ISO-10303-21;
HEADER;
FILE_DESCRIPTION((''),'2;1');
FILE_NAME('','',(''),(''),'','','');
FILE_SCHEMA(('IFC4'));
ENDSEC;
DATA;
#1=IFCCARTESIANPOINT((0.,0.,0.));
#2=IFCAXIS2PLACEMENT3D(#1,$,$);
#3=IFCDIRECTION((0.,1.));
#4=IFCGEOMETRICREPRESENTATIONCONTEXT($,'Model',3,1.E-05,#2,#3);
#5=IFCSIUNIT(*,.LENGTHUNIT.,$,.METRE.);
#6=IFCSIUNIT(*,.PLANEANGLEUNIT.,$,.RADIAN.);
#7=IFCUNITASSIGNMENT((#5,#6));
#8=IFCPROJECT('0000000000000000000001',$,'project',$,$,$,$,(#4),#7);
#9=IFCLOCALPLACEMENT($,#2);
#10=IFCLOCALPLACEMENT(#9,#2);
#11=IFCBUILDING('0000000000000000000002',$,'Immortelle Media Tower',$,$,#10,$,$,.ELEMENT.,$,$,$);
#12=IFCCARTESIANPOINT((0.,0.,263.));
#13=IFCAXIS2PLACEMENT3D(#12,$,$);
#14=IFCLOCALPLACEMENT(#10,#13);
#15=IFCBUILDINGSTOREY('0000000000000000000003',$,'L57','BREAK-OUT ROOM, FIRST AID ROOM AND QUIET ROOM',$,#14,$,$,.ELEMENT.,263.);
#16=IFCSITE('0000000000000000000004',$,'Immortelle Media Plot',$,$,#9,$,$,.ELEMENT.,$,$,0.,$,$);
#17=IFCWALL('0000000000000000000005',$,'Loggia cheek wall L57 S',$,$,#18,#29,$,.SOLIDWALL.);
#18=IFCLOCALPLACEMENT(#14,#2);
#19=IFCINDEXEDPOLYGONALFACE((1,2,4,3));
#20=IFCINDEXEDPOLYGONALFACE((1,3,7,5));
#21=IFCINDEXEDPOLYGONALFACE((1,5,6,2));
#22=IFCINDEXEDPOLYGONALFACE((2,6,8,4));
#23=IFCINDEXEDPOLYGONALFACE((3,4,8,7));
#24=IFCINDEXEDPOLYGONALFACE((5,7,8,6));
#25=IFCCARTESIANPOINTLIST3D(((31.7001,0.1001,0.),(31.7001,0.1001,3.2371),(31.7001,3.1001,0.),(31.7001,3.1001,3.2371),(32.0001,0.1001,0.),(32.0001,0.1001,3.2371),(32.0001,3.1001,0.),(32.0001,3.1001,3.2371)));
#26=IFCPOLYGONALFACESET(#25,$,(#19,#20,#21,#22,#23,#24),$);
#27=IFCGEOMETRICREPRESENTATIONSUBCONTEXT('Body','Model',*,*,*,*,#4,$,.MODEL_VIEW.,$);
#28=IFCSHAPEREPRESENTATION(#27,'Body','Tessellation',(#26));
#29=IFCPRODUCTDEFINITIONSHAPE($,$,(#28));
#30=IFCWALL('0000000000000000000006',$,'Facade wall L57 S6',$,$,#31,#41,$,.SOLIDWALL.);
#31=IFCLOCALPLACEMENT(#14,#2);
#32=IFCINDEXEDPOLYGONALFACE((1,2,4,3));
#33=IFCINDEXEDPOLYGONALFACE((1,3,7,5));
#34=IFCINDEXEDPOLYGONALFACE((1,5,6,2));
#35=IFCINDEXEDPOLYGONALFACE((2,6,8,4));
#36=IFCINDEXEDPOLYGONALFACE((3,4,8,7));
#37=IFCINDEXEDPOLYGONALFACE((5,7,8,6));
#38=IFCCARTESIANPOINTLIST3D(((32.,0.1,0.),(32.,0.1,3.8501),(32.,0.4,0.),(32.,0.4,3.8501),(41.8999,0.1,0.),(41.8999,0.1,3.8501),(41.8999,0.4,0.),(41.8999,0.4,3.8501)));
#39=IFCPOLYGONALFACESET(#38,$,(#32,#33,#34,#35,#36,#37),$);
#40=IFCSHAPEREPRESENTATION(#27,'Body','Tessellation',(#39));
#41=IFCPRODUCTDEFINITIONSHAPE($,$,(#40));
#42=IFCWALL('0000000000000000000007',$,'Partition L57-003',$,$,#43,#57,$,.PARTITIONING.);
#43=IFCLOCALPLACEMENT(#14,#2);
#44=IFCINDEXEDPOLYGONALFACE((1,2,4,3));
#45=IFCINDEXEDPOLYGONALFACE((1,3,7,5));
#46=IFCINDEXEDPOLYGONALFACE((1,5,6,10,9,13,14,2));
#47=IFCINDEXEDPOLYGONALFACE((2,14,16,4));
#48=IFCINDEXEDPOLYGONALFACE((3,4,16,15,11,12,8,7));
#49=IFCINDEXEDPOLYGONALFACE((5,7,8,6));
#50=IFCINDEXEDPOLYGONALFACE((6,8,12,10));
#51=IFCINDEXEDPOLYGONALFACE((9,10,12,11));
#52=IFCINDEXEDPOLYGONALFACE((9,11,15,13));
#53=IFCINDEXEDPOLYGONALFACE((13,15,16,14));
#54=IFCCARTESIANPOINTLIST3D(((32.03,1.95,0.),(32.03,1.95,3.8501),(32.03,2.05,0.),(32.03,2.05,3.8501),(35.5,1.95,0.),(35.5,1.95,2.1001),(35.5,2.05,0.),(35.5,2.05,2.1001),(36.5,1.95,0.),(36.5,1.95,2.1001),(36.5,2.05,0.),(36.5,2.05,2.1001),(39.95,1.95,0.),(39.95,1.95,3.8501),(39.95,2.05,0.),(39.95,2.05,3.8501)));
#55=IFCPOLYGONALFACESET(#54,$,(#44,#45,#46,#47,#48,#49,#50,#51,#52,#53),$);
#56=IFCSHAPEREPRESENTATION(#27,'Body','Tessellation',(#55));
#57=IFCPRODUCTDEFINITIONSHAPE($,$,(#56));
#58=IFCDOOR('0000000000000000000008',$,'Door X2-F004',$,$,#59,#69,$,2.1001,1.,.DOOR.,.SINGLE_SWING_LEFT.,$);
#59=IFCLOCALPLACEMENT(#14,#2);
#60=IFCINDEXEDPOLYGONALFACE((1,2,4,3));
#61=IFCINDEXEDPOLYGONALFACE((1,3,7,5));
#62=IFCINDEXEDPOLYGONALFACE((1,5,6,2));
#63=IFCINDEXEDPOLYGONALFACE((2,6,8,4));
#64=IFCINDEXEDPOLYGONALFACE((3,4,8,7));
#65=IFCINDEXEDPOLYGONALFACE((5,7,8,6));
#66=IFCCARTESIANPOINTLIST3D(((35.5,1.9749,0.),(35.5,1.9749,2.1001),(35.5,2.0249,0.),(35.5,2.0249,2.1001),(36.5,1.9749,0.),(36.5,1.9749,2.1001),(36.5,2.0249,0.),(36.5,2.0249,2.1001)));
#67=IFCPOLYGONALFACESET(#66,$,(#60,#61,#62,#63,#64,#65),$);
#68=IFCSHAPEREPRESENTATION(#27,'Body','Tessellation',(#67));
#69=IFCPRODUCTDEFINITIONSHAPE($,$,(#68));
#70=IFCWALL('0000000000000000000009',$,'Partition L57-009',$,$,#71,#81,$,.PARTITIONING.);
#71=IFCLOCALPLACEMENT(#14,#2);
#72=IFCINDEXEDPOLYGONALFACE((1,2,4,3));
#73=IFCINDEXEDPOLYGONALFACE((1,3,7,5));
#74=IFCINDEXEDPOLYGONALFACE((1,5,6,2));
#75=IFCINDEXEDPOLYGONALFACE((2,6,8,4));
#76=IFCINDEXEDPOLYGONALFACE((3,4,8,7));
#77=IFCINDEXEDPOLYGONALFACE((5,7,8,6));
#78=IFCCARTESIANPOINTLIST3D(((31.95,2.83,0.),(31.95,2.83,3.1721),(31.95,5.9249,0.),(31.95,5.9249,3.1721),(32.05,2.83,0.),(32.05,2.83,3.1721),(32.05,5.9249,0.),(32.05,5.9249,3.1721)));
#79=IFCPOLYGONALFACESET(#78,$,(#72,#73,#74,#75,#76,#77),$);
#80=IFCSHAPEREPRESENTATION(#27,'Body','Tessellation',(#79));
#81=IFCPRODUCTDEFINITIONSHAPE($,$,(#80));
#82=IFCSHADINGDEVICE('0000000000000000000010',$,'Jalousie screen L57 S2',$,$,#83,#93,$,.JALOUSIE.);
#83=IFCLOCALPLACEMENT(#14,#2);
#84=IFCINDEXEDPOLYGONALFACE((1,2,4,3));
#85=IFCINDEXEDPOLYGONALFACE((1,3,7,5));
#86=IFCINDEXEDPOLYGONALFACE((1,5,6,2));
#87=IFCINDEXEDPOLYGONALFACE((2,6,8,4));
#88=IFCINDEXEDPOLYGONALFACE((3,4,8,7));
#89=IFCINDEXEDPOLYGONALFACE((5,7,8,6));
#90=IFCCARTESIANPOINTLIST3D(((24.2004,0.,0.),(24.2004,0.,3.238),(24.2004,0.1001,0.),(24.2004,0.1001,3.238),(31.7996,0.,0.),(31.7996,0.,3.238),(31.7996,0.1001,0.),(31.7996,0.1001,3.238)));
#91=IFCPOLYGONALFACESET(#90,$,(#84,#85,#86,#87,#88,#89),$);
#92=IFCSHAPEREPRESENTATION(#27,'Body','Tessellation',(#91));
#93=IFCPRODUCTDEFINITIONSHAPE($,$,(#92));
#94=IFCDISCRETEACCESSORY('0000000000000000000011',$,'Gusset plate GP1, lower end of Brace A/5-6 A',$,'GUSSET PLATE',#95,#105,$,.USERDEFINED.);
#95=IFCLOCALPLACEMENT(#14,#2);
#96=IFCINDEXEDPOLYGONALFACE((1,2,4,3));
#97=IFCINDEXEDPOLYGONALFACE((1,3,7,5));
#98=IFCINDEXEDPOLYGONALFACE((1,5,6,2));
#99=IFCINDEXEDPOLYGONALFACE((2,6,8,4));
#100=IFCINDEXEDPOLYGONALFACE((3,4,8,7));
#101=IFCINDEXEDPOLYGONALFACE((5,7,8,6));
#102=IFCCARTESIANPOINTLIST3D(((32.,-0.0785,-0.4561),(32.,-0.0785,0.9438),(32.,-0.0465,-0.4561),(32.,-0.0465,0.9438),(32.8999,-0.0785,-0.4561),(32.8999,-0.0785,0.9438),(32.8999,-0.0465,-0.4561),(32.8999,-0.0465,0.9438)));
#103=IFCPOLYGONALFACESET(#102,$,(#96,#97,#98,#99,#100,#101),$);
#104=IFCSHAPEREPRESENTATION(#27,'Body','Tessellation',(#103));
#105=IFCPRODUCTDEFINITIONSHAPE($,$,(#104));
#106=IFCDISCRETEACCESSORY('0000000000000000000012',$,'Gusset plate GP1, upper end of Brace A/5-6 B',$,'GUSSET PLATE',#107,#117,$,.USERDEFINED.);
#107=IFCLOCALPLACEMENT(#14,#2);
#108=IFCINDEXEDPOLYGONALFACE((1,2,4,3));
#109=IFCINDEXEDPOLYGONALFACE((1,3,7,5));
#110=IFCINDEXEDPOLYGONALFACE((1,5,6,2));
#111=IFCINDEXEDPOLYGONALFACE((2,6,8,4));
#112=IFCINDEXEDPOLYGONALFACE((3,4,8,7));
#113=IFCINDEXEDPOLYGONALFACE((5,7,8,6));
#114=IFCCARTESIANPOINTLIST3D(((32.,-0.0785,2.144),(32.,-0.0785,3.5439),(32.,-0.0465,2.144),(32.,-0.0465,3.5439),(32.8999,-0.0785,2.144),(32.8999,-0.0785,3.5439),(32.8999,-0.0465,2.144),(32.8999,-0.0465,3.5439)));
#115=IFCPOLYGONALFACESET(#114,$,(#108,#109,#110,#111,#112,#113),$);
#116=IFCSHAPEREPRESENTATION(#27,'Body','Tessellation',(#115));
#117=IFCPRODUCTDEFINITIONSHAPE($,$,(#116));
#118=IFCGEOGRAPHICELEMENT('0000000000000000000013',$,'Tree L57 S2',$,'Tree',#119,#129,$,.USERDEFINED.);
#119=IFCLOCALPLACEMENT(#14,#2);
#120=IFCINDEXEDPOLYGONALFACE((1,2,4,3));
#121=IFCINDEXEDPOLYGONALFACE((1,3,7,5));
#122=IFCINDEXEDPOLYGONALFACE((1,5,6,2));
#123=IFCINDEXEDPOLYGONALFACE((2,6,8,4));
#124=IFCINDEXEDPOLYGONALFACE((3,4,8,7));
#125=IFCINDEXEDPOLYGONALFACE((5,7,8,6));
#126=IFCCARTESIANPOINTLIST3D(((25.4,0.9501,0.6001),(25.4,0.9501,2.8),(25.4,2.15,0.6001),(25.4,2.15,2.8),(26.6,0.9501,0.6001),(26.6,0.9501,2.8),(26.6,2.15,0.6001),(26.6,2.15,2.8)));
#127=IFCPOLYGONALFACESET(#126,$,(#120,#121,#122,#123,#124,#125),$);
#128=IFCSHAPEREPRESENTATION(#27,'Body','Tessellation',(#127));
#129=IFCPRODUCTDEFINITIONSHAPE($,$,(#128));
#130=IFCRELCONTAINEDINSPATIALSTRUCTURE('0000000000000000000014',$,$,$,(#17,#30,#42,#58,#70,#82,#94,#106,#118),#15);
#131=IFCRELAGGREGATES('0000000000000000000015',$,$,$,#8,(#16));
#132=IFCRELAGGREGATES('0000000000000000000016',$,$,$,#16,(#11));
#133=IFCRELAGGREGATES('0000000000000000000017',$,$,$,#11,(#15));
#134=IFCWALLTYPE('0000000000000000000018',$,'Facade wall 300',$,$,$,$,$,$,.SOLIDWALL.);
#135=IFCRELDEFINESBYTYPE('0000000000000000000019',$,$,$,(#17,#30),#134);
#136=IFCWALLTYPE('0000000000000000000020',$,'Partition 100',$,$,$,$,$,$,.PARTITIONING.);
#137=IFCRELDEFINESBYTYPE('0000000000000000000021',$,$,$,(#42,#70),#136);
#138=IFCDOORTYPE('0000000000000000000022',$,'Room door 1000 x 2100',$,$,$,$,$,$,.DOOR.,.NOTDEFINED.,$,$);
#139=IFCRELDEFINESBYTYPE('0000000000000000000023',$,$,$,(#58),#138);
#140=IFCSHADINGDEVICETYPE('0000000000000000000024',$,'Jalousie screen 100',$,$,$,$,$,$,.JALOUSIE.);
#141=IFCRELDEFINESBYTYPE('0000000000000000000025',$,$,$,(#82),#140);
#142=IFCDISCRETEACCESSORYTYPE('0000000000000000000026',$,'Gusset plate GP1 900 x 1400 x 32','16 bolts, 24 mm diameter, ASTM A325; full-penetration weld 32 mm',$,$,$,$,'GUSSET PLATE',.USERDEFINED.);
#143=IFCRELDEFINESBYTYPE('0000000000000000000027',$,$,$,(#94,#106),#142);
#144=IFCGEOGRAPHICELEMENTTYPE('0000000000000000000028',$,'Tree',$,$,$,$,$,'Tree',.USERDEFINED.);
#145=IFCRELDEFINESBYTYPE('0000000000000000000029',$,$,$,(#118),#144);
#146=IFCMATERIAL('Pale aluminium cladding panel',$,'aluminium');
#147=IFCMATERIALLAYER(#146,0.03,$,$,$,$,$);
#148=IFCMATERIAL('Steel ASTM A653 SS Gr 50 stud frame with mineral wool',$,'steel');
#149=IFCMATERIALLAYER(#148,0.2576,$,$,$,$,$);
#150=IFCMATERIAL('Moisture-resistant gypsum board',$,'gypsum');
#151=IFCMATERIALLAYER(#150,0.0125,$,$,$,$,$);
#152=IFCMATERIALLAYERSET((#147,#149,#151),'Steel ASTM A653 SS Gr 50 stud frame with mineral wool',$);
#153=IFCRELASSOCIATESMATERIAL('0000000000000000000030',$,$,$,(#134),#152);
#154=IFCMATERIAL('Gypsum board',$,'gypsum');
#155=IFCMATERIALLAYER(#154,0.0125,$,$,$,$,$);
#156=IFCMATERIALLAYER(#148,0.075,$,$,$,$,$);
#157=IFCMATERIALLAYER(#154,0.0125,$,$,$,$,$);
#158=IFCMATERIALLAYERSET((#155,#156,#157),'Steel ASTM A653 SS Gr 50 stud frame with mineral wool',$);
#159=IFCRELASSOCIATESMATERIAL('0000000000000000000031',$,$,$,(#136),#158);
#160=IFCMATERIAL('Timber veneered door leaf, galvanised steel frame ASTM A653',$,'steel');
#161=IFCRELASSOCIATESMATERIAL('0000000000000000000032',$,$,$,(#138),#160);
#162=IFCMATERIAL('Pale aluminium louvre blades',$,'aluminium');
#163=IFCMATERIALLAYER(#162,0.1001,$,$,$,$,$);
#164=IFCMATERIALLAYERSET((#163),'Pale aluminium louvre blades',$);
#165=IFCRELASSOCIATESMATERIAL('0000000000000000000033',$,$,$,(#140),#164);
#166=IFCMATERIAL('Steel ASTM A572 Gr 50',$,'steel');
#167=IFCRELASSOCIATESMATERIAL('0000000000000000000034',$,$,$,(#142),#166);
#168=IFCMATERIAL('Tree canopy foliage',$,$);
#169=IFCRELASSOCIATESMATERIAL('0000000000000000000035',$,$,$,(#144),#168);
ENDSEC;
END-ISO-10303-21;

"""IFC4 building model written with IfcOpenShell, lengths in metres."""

from ifc_helpers import new_model, si_unit, direction, frame, frame_2d, origin, origin_2d, place, context, subcontext, project, spatial, rectangle, extrude, material, layer, layer_set, material_profile, profile_set, type_object, element, fill, save


model = new_model("IFC4")

# Units and contexts
model_context = context("Model", 3, precision=1e-05, world=origin(), true_north=direction((0.0, 1.0)))
body_context = subcontext(model_context, "Body", "Model", "MODEL_VIEW")
ifc_project = project(units=[si_unit("LENGTHUNIT", "METRE"), si_unit("PLANEANGLEUNIT", "RADIAN")], contexts=[model_context])

# Site, building, storey
site_placement = place(None, origin())
site = spatial("IfcSite", under=ifc_project, at=site_placement, Name="Immortelle Media Plot", CompositionType="ELEMENT", RefElevation=0.0)
building_placement = place(site_placement, origin())
building = spatial("IfcBuilding", under=site, at=building_placement, Name="Immortelle Media Tower", CompositionType="ELEMENT")
storey_placement = place(building_placement, frame((0.0, 0.0, 263.0)))
storey = spatial("IfcBuildingStorey", under=building, at=storey_placement, Name="L57", Description="BREAK-OUT ROOM, FIRST AID ROOM AND QUIET ROOM", CompositionType="ELEMENT", Elevation=263.0)

# Walls
ifc_material_1 = material(Name="Steel ASTM A653 SS Gr 50 stud frame with mineral wool", Category="steel")
ifc_material_2 = material(Name="Pale aluminium cladding panel", Category="aluminium")
ifc_layer_1 = layer(ifc_material_2, 0.03)
ifc_layer_2 = layer(ifc_material_1, 0.2576)
ifc_material_3 = material(Name="Moisture-resistant gypsum board", Category="gypsum")
ifc_layer_3 = layer(ifc_material_3, 0.0125)
ifc_layer_set_1 = layer_set([ifc_layer_1, ifc_layer_2, ifc_layer_3], Name="Steel ASTM A653 SS Gr 50 stud frame with mineral wool")
wall_type_1 = type_object("IfcWallType", Name="Facade wall 300", PredefinedType="SOLIDWALL", material=ifc_layer_set_1)
wall_1_placement = place(storey_placement, frame((31.8501, 0.1001, 0.0), z_axis=(0.0, 0.0, 1.0), x_axis=(0.0, 1.0, 0.0)))
element("IfcWall", 1, at=wall_1_placement, inside=storey, type_object=wall_type_1, Name="Loggia cheek wall L57 S", PredefinedType="SOLIDWALL", context=body_context, shape_type="SweptSolid", body=[
    extrude(rectangle(XDim=3.0, YDim=0.3, at=frame_2d((1.5, 0.0))), origin(), (0.0, 0.0, 1.0), 3.2371),
])
wall_2_placement = place(storey_placement, frame((32.0, 0.25, 0.0), z_axis=(0.0, 0.0, 1.0), x_axis=(1.0, 0.0, 0.0)))
element("IfcWall", 2, at=wall_2_placement, inside=storey, type_object=wall_type_1, Name="Facade wall L57 S6", PredefinedType="SOLIDWALL", context=body_context, shape_type="SweptSolid", body=[
    extrude(rectangle(XDim=9.8999, YDim=0.3, at=frame_2d((4.95, 0.0))), origin(), (0.0, 0.0, 1.0), 3.8501),
])

# Wall, opening, door
ifc_material_4 = material(Name="Gypsum board", Category="gypsum")
ifc_layer_4 = layer(ifc_material_4, 0.0125)
ifc_layer_5 = layer(ifc_material_1, 0.075)
ifc_layer_6 = layer(ifc_material_4, 0.0125)
ifc_layer_set_2 = layer_set([ifc_layer_4, ifc_layer_5, ifc_layer_6], Name="Steel ASTM A653 SS Gr 50 stud frame with mineral wool")
wall_type_2 = type_object("IfcWallType", Name="Partition 100", PredefinedType="PARTITIONING", material=ifc_layer_set_2)
wall_3_placement = place(storey_placement, frame((32.03, 2.0, 0.0), z_axis=(0.0, 0.0, 1.0), x_axis=(1.0, 0.0, 0.0)))
wall_3 = element("IfcWall", 3, at=wall_3_placement, inside=storey, type_object=wall_type_2, Name="Partition L57-003", PredefinedType="PARTITIONING", context=body_context, shape_type="SweptSolid", body=[
    extrude(rectangle(XDim=7.9199, YDim=0.1001, at=frame_2d((3.96, 0.0))), origin(), (0.0, 0.0, 1.0), 3.8501),
])
opening_placement = place(wall_3_placement, frame((3.47, 0.0, 0.0)))
opening = element("IfcOpeningElement", 4, at=opening_placement, cuts=wall_3, PredefinedType="OPENING", context=body_context, shape_type="SweptSolid", body=[
    extrude(rectangle(XDim=1.0, YDim=2.1001, at=frame_2d((0.5, 1.05))), frame((0.0, 0.0601, 0.0), z_axis=(0.0, -1.0, 0.0), x_axis=(1.0, 0.0, 0.0)), (0.0, 0.0, 1.0), 0.1201),
])
ifc_material_5 = material(Name="Timber veneered door leaf, galvanised steel frame ASTM A653", Category="steel")
door_type = type_object("IfcDoorType", Name="Room door 1000 x 2100", OperationType="NOTDEFINED", PredefinedType="DOOR", material=ifc_material_5)
door_placement = place(opening_placement, origin())
door = element("IfcDoor", 5, at=door_placement, inside=storey, type_object=door_type, Name="Door X2-F004", OperationType="SINGLE_SWING_LEFT", OverallHeight=2.1001, OverallWidth=1.0, PredefinedType="DOOR", context=body_context, shape_type="SweptSolid", body=[
    extrude(rectangle(XDim=1.0, YDim=2.1001, at=frame_2d((0.5, 1.05))), frame((0.0, 0.0249, 0.0), z_axis=(0.0, -1.0, 0.0), x_axis=(1.0, 0.0, 0.0)), (0.0, 0.0, 1.0), 0.05),
])
fill(opening, door)

# Wall
wall_4_placement = place(storey_placement, frame((32.0, 2.8301, 0.0), z_axis=(0.0, 0.0, 1.0), x_axis=(0.0, 1.0, 0.0)))
element("IfcWall", 6, at=wall_4_placement, inside=storey, type_object=wall_type_2, Name="Partition L57-009", PredefinedType="PARTITIONING", context=body_context, shape_type="SweptSolid", body=[
    extrude(rectangle(XDim=3.095, YDim=0.1001, at=frame_2d((1.5474, 0.0))), origin(), (0.0, 0.0, 1.0), 3.1721),
])

# Shading device
ifc_material_6 = material(Name="Pale aluminium louvre blades", Category="aluminium")
ifc_layer_7 = layer(ifc_material_6, 0.1001)
ifc_layer_set_3 = layer_set([ifc_layer_7], Name="Pale aluminium louvre blades")
shading_device_type = type_object("IfcShadingDeviceType", Name="Jalousie screen 100", PredefinedType="JALOUSIE", material=ifc_layer_set_3)
shading_device_placement = place(storey_placement, frame((28.0, 0.05, 0.0), z_axis=(0.0, 0.0, 1.0), x_axis=(1.0, 0.0, 0.0)))
element("IfcShadingDevice", 7, at=shading_device_placement, inside=storey, type_object=shading_device_type, Name="Jalousie screen L57 S2", PredefinedType="JALOUSIE", context=body_context, shape_type="SweptSolid", body=[
    extrude(rectangle(XDim=7.5991, YDim=0.1001, at=origin_2d()), origin(), (0.0, 0.0, 1.0), 3.238),
])

# Discrete accessories
ifc_material_7 = material(Name="Steel ASTM A572 Gr 50", Category="steel")
ifc_material_profile_1 = material_profile(ifc_material_7, rectangle(XDim=0.032, YDim=1.3999, at=origin_2d()), Name="PL 32 x 1400")
ifc_profile_set_1 = profile_set([ifc_material_profile_1], Name="Steel ASTM A572 Gr 50")
discrete_accessory_type = type_object("IfcDiscreteAccessoryType", Name="Gusset plate GP1 900 x 1400 x 32", Description="16 bolts, 24 mm diameter, ASTM A325; full-penetration weld 32 mm", ElementType="GUSSET PLATE", PredefinedType="USERDEFINED", material=ifc_profile_set_1)
for number, where, z_axis, x_axis, name in (
    (8, (32.0, -0.0625, 0.2439), (1.0, 0.0, 0.0), (0.0, 1.0, 0.0), "Gusset plate GP1, lower end of Brace A/5-6 A"),
    (9, (32.0, -0.0625, 2.844), (1.0, 0.0, 0.0), (0.0, 1.0, 0.0), "Gusset plate GP1, upper end of Brace A/5-6 B"),
):
    element("IfcDiscreteAccessory", number, at=place(storey_placement, frame(where, z_axis=z_axis, x_axis=x_axis)), inside=storey, type_object=discrete_accessory_type, Name=name, ObjectType="GUSSET PLATE", PredefinedType="USERDEFINED", context=body_context, shape_type="SweptSolid", body=[
        extrude(rectangle(XDim=0.032, YDim=1.3999, at=origin_2d()), origin(), (0.0, 0.0, 1.0), 0.8999),
    ])

# Geographic element
ifc_material_8 = material(Name="Tree canopy foliage")
geographic_element_type = type_object("IfcGeographicElementType", Name="Tree", ElementType="Tree", PredefinedType="USERDEFINED", material=ifc_material_8)
geographic_element_placement = place(storey_placement, frame((26.0, 1.55, 0.6001), z_axis=(0.0, 0.0, 1.0), x_axis=(1.0, 0.0, 0.0)))
element("IfcGeographicElement", 10, at=geographic_element_placement, inside=storey, type_object=geographic_element_type, Name="Tree L57 S2", ObjectType="Tree", PredefinedType="USERDEFINED", context=body_context, shape_type="SweptSolid", body=[
    extrude(rectangle(XDim=1.2, YDim=1.2, at=origin_2d()), origin(), (0.0, 0.0, 1.0), 2.2),
])

save(model, "model.ifc")
